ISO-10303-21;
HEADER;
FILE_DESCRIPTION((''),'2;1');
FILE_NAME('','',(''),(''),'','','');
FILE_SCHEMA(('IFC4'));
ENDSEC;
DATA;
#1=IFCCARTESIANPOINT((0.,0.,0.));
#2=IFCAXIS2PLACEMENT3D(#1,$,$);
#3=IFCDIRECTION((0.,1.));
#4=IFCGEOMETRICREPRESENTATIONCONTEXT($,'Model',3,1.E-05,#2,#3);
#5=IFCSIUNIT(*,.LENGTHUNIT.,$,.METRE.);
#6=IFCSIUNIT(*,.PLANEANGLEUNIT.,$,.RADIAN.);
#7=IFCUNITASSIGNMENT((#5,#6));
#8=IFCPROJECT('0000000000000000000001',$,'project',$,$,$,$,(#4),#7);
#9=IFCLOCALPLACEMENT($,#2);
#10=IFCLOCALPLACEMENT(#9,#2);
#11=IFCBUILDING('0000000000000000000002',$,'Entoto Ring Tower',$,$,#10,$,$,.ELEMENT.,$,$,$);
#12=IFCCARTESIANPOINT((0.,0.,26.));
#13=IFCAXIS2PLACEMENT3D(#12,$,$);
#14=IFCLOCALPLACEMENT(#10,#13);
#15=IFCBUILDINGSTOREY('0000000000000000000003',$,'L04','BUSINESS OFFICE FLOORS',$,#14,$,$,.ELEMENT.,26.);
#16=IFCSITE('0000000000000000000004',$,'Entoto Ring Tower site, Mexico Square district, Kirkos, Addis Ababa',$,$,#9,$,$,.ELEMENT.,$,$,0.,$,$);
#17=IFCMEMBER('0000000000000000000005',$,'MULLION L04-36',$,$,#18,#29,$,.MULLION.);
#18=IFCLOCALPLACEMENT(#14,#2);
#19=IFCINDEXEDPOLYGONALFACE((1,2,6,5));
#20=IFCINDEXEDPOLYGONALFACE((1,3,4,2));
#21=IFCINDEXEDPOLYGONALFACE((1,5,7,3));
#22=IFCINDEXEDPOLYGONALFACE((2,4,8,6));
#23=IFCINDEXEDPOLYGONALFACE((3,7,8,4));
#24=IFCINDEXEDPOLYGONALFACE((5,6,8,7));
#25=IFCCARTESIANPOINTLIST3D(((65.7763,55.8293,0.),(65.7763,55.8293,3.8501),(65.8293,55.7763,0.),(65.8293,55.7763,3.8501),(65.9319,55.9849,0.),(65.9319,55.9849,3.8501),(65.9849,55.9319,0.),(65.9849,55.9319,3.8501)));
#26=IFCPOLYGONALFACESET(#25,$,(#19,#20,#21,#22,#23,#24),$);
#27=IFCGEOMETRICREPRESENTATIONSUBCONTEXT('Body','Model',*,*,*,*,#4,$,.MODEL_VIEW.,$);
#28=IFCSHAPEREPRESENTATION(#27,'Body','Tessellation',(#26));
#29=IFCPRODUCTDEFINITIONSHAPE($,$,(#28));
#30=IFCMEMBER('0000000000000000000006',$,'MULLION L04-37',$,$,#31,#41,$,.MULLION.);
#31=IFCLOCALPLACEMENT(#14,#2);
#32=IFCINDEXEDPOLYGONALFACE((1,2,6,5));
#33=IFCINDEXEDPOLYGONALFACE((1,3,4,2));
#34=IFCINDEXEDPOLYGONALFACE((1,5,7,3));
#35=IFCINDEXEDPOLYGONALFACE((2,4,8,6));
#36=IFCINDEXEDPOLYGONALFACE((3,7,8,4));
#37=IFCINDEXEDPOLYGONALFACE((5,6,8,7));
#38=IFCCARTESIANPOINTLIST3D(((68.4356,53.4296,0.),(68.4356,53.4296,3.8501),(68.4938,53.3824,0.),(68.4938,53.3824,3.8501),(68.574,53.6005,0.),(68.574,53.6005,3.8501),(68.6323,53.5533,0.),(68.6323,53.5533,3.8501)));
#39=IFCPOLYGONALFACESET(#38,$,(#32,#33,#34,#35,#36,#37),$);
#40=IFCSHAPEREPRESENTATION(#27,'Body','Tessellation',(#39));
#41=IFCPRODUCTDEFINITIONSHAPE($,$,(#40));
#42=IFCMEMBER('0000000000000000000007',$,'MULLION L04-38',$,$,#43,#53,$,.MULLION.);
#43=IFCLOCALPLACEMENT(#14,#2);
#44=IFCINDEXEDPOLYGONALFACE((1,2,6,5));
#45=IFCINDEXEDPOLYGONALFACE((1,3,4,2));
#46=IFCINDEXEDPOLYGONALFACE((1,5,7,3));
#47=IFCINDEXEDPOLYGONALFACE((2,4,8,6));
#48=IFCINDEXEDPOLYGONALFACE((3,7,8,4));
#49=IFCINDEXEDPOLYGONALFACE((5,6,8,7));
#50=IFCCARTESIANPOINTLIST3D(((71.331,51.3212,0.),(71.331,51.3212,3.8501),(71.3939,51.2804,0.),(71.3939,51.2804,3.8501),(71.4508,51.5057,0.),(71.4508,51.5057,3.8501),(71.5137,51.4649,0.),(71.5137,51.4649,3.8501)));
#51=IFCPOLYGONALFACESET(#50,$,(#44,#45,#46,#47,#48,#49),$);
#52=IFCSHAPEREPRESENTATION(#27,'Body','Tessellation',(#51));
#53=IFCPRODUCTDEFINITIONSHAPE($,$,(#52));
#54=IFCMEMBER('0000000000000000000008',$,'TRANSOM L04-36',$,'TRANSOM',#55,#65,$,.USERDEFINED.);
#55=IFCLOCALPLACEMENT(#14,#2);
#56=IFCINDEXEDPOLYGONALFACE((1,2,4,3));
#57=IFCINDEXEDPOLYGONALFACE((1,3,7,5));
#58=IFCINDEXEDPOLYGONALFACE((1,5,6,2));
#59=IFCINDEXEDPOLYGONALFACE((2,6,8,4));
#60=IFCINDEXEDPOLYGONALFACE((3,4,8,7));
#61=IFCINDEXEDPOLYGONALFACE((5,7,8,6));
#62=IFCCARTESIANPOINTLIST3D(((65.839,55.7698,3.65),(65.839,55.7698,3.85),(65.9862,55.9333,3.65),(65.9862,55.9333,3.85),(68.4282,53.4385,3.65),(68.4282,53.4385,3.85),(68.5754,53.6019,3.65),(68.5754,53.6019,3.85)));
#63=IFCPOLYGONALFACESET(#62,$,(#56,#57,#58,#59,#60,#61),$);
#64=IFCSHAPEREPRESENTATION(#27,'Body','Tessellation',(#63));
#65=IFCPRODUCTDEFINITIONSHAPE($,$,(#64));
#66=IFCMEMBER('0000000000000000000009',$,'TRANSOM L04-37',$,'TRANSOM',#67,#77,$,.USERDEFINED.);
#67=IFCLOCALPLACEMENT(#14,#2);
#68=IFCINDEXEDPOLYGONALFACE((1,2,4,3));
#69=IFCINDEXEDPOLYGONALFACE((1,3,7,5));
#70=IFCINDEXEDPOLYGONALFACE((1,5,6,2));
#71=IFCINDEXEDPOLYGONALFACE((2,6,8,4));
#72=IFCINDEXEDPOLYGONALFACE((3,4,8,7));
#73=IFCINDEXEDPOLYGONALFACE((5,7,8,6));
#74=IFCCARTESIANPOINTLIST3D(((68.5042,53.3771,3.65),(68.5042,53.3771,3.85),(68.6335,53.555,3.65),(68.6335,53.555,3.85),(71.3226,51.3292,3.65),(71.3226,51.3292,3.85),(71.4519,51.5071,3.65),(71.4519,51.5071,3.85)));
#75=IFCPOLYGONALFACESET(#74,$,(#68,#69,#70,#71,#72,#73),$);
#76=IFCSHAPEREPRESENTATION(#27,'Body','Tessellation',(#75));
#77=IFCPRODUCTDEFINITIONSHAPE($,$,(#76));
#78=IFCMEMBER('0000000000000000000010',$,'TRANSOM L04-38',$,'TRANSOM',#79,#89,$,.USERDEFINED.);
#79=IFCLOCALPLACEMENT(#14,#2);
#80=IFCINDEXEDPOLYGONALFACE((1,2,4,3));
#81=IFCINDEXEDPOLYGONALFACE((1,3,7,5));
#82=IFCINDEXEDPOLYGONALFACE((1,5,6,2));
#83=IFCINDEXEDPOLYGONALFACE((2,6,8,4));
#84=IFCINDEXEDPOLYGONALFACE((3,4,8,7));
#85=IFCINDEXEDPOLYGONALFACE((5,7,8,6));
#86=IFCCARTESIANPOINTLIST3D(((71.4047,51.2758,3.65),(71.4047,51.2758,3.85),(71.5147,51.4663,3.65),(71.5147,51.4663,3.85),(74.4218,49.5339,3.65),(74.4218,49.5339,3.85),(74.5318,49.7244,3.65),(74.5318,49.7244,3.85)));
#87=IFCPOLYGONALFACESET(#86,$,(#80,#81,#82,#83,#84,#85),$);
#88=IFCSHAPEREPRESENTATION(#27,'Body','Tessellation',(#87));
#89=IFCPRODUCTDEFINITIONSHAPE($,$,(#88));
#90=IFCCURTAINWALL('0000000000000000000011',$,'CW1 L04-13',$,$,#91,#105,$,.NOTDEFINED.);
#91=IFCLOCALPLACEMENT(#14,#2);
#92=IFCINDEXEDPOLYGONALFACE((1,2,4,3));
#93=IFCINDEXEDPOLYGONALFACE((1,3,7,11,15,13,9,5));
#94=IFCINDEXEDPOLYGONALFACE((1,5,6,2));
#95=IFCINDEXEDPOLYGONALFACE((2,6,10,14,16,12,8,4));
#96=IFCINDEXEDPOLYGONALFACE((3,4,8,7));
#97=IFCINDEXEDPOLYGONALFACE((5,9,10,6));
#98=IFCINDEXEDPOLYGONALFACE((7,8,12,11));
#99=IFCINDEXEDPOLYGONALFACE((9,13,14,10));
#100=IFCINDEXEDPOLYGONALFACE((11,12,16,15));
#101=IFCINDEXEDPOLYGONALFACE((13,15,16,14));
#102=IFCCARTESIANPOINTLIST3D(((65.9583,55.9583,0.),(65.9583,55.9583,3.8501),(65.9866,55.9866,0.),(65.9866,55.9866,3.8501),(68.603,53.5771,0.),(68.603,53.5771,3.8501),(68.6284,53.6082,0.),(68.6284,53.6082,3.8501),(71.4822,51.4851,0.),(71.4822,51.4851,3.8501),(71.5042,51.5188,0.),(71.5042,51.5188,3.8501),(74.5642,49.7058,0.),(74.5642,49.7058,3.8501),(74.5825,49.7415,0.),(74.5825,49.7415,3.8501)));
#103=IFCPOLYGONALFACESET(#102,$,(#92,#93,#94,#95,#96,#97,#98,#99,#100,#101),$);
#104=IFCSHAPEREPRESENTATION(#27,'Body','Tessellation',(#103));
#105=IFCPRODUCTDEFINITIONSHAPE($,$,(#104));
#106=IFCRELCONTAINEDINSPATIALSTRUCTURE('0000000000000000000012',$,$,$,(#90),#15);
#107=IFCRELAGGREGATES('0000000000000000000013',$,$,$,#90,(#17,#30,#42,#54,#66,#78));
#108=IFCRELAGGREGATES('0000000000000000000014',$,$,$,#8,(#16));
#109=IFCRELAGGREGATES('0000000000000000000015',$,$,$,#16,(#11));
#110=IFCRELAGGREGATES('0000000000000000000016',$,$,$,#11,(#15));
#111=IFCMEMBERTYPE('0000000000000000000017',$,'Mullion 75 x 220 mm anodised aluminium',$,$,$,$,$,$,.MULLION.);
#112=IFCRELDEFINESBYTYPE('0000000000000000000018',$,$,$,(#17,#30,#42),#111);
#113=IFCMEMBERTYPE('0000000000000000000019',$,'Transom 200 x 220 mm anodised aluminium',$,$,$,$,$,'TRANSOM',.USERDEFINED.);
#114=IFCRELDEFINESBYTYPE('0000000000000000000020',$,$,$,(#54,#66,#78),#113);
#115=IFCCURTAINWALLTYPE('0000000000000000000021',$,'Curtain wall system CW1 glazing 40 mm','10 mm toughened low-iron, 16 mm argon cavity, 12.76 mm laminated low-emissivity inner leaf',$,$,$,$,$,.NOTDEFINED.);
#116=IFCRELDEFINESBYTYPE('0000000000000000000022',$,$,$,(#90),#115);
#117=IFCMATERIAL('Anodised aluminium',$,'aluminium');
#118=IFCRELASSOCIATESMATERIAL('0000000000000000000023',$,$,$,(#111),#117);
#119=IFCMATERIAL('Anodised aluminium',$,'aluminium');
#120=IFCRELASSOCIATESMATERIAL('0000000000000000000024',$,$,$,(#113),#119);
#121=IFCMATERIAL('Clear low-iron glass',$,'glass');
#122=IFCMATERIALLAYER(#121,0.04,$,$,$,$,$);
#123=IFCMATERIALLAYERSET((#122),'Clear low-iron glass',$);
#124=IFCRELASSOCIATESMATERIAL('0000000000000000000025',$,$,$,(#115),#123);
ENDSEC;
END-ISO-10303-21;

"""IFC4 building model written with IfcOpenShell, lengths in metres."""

from ifc_helpers import new_model, si_unit, direction, frame, origin, origin_2d, place, context, subcontext, project, spatial, polyline, rectangle, outline, extrude, material, layer, layer_set, material_profile, profile_set, type_object, element, aggregate, save


model = new_model("IFC4")

# Units and contexts
model_context = context("Model", 3, precision=1e-05, world=origin(), true_north=direction((0.0, 1.0)))
body_context = subcontext(model_context, "Body", "Model", "MODEL_VIEW")
ifc_project = project(units=[si_unit("LENGTHUNIT", "METRE"), si_unit("PLANEANGLEUNIT", "RADIAN")], contexts=[model_context])

# Members
ifc_material_1 = material(Name="Anodised aluminium", Category="aluminium")
ifc_material_profile_1 = material_profile(ifc_material_1, rectangle(XDim=0.075, YDim=0.22, at=origin_2d()), Name="Mullion 75 x 220 mm anodised aluminium")
ifc_profile_set_1 = profile_set([ifc_material_profile_1], Name="Anodised aluminium")
member_type_1 = type_object("IfcMemberType", Name="Mullion 75 x 220 mm anodised aluminium", PredefinedType="MULLION", material=ifc_profile_set_1)
site_placement = place(None, origin())
building_placement = place(site_placement, origin())
storey_placement = place(building_placement, frame((0.0, 0.0, 26.0)))
member_1_placement = place(storey_placement, frame((65.8806, 55.8806, 0.0), z_axis=(0.0, 0.0, 1.0), x_axis=(0.707107, -0.707107, 0.0)))
member_1 = element("IfcMember", 1, at=member_1_placement, type_object=member_type_1, Name="MULLION L04-36", PredefinedType="MULLION", context=body_context, shape_type="SweptSolid", body=[
    extrude(rectangle(XDim=0.075, YDim=0.22, at=origin_2d()), origin(), (0.0, 0.0, 1.0), 3.8501),
])
member_2_placement = place(storey_placement, frame((68.5339, 53.4915, 0.0), z_axis=(0.0, 0.0, 1.0), x_axis=(0.777146, -0.62932, 0.0)))
member_2 = element("IfcMember", 2, at=member_2_placement, type_object=member_type_1, Name="MULLION L04-37", PredefinedType="MULLION", context=body_context, shape_type="SweptSolid", body=[
    extrude(rectangle(XDim=0.075, YDim=0.22, at=origin_2d()), origin(), (0.0, 0.0, 1.0), 3.8501),
])
member_3_placement = place(storey_placement, frame((71.4224, 51.3931, 0.0), z_axis=(0.0, 0.0, 1.0), x_axis=(0.838671, -0.544639, 0.0)))
member_3 = element("IfcMember", 3, at=member_3_placement, type_object=member_type_1, Name="MULLION L04-38", PredefinedType="MULLION", context=body_context, shape_type="SweptSolid", body=[
    extrude(rectangle(XDim=0.075, YDim=0.22, at=origin_2d()), origin(), (0.0, 0.0, 1.0), 3.8501),
])
ifc_material_2 = material(Name="Anodised aluminium", Category="aluminium")
ifc_material_profile_2 = material_profile(ifc_material_2, rectangle(XDim=0.22, YDim=0.2, at=origin_2d()), Name="Transom 200 x 220 mm anodised aluminium")
ifc_profile_set_2 = profile_set([ifc_material_profile_2], Name="Anodised aluminium")
member_type_2 = type_object("IfcMemberType", Name="Transom 200 x 220 mm anodised aluminium", ElementType="TRANSOM", PredefinedType="USERDEFINED", material=ifc_profile_set_2)
member_4_placement = place(storey_placement, frame((65.9126, 55.8516, 3.75), z_axis=(0.743137, -0.669139, 0.0), x_axis=(0.669139, 0.743137, 0.0)))
member_4 = element("IfcMember", 4, at=member_4_placement, type_object=member_type_2, Name="TRANSOM L04-36", ObjectType="TRANSOM", PredefinedType="USERDEFINED", context=body_context, shape_type="SweptSolid", body=[
    extrude(rectangle(XDim=0.22, YDim=0.2, at=origin_2d()), origin(), (0.0, 0.0, 1.0), 3.4841),
])
member_5_placement = place(storey_placement, frame((68.5688, 53.4661, 3.75), z_axis=(0.808991, -0.587822, 0.0), x_axis=(0.587822, 0.808991, 0.0)))
member_5 = element("IfcMember", 5, at=member_5_placement, type_object=member_type_2, Name="TRANSOM L04-37", ObjectType="TRANSOM", PredefinedType="USERDEFINED", context=body_context, shape_type="SweptSolid", body=[
    extrude(rectangle(XDim=0.22, YDim=0.2, at=origin_2d()), origin(), (0.0, 0.0, 1.0), 3.4839),
])
member_6_placement = place(storey_placement, frame((71.4597, 51.3711, 3.75), z_axis=(0.866022, -0.500006, 0.0), x_axis=(0.500006, 0.866022, 0.0)))
member_6 = element("IfcMember", 6, at=member_6_placement, type_object=member_type_2, Name="TRANSOM L04-38", ObjectType="TRANSOM", PredefinedType="USERDEFINED", context=body_context, shape_type="SweptSolid", body=[
    extrude(rectangle(XDim=0.22, YDim=0.2, at=origin_2d()), origin(), (0.0, 0.0, 1.0), 3.4839),
])

# Site, building, storey
site = spatial("IfcSite", under=ifc_project, at=site_placement, Name="Entoto Ring Tower site, Mexico Square district, Kirkos, Addis Ababa", CompositionType="ELEMENT", RefElevation=0.0)
building = spatial("IfcBuilding", under=site, at=building_placement, Name="Entoto Ring Tower", CompositionType="ELEMENT")
storey = spatial("IfcBuildingStorey", under=building, at=storey_placement, Name="L04", Description="BUSINESS OFFICE FLOORS", CompositionType="ELEMENT", Elevation=26.0)

# Curtain wall
ifc_material_3 = material(Name="Clear low-iron glass", Category="glass")
ifc_layer = layer(ifc_material_3, 0.04)
ifc_layer_set = layer_set([ifc_layer], Name="Clear low-iron glass")
curtain_wall_type = type_object("IfcCurtainWallType", Name="Curtain wall system CW1 glazing 40 mm", Description="10 mm toughened low-iron, 16 mm argon cavity, 12.76 mm laminated low-emissivity inner leaf", PredefinedType="NOTDEFINED", material=ifc_layer_set)
curtain_wall_1_placement = place(storey_placement, origin())
curtain_wall_1 = element("IfcCurtainWall", 7, at=curtain_wall_1_placement, inside=storey, type_object=curtain_wall_type, Name="CW1 L04-13", PredefinedType="NOTDEFINED", context=body_context, shape_type="SweptSolid", body=[
    extrude(outline(polyline([(65.9583, 55.9583), (68.603, 53.5771), (71.4822, 51.4851), (74.5642, 49.7058), (74.5825, 49.7415), (71.5042, 51.5188), (68.6284, 53.6082), (65.9866, 55.9866), (65.9583, 55.9583)])), origin(), (0.0, 0.0, 1.0), 3.8501),
])
aggregate(curtain_wall_1, [member_1, member_2, member_3, member_4, member_5, member_6])

save(model, "model.ifc")
